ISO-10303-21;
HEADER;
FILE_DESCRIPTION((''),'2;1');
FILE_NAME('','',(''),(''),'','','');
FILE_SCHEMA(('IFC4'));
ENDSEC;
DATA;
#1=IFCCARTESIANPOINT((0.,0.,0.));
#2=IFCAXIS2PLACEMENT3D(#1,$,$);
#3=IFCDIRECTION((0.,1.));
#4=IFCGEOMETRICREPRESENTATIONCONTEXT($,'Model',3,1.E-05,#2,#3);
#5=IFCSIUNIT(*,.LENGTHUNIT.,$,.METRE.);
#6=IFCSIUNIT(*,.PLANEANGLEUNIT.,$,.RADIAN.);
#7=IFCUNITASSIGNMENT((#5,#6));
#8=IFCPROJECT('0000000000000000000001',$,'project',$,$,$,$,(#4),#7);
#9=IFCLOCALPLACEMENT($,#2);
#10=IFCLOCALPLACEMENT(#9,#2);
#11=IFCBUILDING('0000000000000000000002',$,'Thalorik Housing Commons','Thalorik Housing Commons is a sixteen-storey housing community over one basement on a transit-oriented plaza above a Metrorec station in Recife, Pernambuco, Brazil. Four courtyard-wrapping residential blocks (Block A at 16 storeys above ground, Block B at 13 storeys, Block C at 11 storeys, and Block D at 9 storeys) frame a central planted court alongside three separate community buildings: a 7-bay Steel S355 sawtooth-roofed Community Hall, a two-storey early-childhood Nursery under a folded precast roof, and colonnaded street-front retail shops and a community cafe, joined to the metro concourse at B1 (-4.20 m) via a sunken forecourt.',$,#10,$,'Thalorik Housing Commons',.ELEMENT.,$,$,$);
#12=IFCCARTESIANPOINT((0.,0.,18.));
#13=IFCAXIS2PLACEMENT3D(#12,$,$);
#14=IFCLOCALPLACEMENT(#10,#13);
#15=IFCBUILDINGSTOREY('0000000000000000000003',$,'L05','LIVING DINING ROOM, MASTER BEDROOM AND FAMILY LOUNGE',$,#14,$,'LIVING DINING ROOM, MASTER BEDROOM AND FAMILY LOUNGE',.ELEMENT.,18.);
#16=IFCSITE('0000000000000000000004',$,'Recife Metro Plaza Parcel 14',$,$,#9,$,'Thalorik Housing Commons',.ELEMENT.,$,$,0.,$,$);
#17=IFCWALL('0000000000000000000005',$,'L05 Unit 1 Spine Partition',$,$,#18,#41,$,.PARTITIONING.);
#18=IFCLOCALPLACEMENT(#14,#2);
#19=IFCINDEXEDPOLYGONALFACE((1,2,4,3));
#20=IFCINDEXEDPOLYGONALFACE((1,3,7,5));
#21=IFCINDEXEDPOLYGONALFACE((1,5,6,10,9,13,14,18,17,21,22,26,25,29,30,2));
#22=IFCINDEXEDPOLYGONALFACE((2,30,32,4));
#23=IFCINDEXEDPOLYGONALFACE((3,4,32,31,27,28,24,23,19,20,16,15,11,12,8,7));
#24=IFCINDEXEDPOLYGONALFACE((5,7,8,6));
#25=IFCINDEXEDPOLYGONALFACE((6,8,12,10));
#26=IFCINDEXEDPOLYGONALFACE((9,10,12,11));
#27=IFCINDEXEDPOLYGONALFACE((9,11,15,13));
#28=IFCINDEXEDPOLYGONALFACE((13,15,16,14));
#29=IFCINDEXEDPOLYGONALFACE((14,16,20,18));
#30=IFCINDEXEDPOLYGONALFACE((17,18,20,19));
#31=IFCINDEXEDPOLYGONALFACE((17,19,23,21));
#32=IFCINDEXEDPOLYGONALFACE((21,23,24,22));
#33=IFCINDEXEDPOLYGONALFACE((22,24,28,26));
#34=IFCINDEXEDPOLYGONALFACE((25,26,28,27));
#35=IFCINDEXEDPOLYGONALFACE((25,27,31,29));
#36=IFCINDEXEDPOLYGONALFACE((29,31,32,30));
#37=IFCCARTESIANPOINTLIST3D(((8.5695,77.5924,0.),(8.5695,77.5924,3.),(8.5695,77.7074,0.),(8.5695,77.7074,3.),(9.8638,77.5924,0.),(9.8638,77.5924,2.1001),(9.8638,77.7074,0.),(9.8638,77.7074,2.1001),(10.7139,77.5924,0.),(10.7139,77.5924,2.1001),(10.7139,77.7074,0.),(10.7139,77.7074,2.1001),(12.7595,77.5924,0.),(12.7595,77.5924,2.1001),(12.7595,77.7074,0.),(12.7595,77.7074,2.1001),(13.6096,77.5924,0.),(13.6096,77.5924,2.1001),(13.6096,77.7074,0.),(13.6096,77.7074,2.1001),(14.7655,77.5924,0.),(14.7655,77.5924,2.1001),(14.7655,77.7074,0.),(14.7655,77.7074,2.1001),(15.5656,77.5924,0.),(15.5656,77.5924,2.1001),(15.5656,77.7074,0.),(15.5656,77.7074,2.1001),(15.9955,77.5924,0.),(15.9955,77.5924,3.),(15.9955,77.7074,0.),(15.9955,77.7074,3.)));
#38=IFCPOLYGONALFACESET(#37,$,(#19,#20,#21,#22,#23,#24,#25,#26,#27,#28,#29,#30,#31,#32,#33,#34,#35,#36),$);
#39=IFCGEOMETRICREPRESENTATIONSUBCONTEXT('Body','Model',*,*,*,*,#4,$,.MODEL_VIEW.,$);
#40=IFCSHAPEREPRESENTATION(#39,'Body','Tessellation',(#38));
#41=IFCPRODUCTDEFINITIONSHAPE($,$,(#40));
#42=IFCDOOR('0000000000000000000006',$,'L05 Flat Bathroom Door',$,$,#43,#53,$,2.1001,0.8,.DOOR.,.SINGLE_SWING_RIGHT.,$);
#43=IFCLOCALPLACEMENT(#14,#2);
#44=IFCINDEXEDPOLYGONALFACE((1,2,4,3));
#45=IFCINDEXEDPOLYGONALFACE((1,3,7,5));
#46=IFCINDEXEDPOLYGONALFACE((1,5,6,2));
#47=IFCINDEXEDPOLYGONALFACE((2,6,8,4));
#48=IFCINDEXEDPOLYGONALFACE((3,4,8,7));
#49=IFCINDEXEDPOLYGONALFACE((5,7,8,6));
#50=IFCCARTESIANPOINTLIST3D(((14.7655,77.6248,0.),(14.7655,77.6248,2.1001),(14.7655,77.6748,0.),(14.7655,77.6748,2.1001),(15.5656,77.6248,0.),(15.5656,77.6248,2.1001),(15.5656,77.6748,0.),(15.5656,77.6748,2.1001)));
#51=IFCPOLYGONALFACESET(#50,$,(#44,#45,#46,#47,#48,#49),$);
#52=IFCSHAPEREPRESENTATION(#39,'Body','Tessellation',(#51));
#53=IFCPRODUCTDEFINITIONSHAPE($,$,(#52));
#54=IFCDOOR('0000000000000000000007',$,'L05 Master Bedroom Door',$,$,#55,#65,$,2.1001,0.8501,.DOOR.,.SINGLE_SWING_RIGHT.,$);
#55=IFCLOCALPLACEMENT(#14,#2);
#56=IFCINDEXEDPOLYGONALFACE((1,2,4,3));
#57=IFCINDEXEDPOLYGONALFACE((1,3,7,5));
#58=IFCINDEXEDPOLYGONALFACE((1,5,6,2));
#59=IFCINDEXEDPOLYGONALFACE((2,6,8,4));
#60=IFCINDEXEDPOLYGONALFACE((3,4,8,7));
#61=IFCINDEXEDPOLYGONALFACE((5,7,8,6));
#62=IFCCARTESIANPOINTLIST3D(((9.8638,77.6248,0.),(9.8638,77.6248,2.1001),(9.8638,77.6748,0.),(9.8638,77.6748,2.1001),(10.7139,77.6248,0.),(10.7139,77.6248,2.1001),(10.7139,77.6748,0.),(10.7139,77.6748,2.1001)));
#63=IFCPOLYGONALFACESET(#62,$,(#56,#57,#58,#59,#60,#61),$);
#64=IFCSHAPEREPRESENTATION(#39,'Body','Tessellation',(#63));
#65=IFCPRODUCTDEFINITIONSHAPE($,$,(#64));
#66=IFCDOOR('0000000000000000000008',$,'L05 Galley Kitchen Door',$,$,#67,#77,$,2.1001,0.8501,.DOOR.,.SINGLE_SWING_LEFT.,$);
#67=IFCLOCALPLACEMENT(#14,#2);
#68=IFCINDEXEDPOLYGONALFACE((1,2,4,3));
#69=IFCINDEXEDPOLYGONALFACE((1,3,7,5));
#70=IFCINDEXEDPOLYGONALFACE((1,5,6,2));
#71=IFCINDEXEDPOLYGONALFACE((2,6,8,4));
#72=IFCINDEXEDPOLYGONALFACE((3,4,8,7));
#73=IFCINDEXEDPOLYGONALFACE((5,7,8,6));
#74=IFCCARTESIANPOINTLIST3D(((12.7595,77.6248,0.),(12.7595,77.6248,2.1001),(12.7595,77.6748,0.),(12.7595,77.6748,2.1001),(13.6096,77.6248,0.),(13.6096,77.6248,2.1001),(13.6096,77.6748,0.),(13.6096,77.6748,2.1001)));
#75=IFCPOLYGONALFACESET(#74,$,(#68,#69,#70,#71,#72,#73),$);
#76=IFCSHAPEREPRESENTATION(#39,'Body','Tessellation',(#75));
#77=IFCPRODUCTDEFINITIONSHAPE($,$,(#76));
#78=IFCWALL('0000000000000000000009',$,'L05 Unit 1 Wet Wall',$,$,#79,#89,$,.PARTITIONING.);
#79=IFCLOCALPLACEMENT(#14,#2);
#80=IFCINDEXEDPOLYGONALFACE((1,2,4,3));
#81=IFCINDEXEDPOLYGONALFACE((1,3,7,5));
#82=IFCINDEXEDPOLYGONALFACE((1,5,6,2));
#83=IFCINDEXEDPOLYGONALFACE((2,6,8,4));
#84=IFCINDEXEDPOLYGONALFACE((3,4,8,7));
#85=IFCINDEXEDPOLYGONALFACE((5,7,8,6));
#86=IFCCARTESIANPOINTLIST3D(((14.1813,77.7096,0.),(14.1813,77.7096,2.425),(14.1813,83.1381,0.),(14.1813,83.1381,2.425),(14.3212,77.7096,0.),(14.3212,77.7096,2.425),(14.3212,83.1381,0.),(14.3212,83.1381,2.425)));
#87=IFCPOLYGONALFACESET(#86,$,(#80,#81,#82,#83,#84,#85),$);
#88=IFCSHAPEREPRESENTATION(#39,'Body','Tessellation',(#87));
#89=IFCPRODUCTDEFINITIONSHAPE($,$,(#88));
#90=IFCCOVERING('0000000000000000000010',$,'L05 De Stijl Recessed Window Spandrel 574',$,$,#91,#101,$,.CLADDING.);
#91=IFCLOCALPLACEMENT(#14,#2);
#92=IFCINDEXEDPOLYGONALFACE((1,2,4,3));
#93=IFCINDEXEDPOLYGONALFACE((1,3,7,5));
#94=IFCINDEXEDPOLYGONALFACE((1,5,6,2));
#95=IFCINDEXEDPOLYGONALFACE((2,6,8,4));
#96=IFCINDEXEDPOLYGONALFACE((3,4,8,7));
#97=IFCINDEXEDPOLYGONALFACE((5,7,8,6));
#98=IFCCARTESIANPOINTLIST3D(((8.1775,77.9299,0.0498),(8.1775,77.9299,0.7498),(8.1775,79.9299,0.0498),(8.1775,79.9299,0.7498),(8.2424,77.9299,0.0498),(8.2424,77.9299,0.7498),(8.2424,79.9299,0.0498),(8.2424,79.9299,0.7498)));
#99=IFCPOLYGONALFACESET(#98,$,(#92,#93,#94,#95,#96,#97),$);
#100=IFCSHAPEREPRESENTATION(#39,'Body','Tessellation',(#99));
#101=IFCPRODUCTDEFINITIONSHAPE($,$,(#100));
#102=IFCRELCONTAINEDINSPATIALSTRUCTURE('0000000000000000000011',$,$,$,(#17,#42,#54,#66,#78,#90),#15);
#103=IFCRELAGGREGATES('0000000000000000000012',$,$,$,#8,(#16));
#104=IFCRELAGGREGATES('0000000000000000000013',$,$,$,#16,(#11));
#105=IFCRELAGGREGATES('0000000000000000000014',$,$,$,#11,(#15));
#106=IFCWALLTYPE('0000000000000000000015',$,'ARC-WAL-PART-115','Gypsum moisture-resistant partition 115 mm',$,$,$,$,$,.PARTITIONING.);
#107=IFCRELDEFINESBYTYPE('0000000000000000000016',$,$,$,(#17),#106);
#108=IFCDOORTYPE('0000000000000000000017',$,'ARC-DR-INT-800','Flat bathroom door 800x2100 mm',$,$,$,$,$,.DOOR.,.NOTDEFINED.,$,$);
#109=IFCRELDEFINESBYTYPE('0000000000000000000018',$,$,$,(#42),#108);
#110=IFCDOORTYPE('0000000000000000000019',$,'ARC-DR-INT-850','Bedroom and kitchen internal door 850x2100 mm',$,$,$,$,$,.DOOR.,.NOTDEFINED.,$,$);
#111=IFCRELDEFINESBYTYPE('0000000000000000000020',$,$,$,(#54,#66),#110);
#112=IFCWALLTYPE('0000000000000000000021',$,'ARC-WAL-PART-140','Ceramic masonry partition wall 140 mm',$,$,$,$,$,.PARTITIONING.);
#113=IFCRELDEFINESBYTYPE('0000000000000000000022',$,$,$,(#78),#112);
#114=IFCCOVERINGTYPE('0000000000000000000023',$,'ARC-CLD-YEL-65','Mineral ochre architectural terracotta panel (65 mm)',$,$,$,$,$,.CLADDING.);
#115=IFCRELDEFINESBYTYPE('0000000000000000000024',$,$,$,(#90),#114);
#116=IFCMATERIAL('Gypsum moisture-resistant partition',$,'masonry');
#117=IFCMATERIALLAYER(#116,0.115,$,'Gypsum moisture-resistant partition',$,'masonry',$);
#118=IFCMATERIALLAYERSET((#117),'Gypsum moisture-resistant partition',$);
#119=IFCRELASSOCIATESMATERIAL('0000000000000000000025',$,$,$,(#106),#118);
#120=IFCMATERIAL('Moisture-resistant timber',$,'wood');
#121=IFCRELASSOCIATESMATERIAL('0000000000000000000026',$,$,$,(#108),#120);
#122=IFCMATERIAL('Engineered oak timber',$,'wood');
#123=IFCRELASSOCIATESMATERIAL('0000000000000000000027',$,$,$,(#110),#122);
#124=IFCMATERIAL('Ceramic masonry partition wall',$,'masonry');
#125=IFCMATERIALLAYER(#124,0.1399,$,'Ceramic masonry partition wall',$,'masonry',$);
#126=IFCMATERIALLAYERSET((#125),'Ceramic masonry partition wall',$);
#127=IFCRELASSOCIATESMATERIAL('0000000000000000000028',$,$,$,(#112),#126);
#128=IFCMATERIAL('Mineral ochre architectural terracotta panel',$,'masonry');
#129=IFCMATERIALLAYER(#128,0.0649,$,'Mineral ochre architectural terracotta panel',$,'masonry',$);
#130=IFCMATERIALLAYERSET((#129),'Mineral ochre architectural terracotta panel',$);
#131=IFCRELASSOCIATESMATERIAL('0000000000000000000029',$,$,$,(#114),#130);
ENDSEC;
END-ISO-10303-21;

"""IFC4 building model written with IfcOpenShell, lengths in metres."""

from ifc_helpers import new_model, si_unit, direction, frame, frame_2d, origin, origin_2d, place, context, subcontext, project, spatial, rectangle, extrude, material, layer, layer_set, type_object, element, fill, save


model = new_model("IFC4")

# Units and contexts
model_context = context("Model", 3, precision=1e-05, world=origin(), true_north=direction((0.0, 1.0)))
body_context = subcontext(model_context, "Body", "Model", "MODEL_VIEW")
ifc_project = project(units=[si_unit("LENGTHUNIT", "METRE"), si_unit("PLANEANGLEUNIT", "RADIAN")], contexts=[model_context])

# Site, building, storey
site_placement = place(None, origin())
site = spatial("IfcSite", under=ifc_project, at=site_placement, Name="Recife Metro Plaza Parcel 14", LongName="Thalorik Housing Commons", CompositionType="ELEMENT", RefElevation=0.0)
building_placement = place(site_placement, origin())
building = spatial("IfcBuilding", under=site, at=building_placement, Name="Thalorik Housing Commons", Description="Thalorik Housing Commons is a sixteen-storey housing community over one basement on a transit-oriented plaza above a Metrorec station in Recife, Pernambuco, Brazil. Four courtyard-wrapping residential blocks (Block A at 16 storeys above ground, Block B at 13 storeys, Block C at 11 storeys, and Block D at 9 storeys) frame a central planted court alongside three separate community buildings: a 7-bay Steel S355 sawtooth-roofed Community Hall, a two-storey early-childhood Nursery under a folded precast roof, and colonnaded street-front retail shops and a community cafe, joined to the metro concourse at B1 (-4.20 m) via a sunken forecourt.", LongName="Thalorik Housing Commons", CompositionType="ELEMENT")
storey_placement = place(building_placement, frame((0.0, 0.0, 18.0)))
storey = spatial("IfcBuildingStorey", under=building, at=storey_placement, Name="L05", Description="LIVING DINING ROOM, MASTER BEDROOM AND FAMILY LOUNGE", LongName="LIVING DINING ROOM, MASTER BEDROOM AND FAMILY LOUNGE", CompositionType="ELEMENT", Elevation=18.0)

# Wall, openings, doors
ifc_material_1 = material(Name="Gypsum moisture-resistant partition", Category="masonry")
ifc_layer_1 = layer(ifc_material_1, 0.115, Name="Gypsum moisture-resistant partition", Category="masonry")
ifc_layer_set_1 = layer_set([ifc_layer_1], Name="Gypsum moisture-resistant partition")
wall_type_1 = type_object("IfcWallType", Name="ARC-WAL-PART-115", Description="Gypsum moisture-resistant partition 115 mm", PredefinedType="PARTITIONING", material=ifc_layer_set_1)
wall_1_placement = place(storey_placement, frame((8.5696, 77.6499, 0.0), z_axis=(0.0, 0.0, 1.0), x_axis=(1.0, 0.0, 0.0)))
wall_1 = element("IfcWall", 1, at=wall_1_placement, inside=storey, type_object=wall_type_1, Name="L05 Unit 1 Spine Partition", PredefinedType="PARTITIONING", context=body_context, shape_type="SweptSolid", body=[
    extrude(rectangle(XDim=7.426, YDim=0.115, at=frame_2d((3.7129, 0.0))), origin(), (0.0, 0.0, 1.0), 3.0),
])
opening_1_placement = place(wall_1_placement, frame((1.2942, 0.0, 0.0)))
opening_1 = element("IfcOpeningElement", 2, at=opening_1_placement, cuts=wall_1, PredefinedType="OPENING", context=body_context, shape_type="SweptSolid", body=[
    extrude(rectangle(XDim=0.8501, YDim=2.1001, at=frame_2d((0.425, 1.05))), frame((0.0, 0.0674, 0.0), z_axis=(0.0, -1.0, 0.0), x_axis=(1.0, 0.0, 0.0)), (0.0, 0.0, 1.0), 0.135),
])
opening_2_placement = place(wall_1_placement, frame((4.1899, 0.0, 0.0)))
opening_2 = element("IfcOpeningElement", 3, at=opening_2_placement, cuts=wall_1, PredefinedType="OPENING", context=body_context, shape_type="SweptSolid", body=[
    extrude(rectangle(XDim=0.8501, YDim=2.1001, at=frame_2d((0.425, 1.05))), frame((0.0, 0.0674, 0.0), z_axis=(0.0, -1.0, 0.0), x_axis=(1.0, 0.0, 0.0)), (0.0, 0.0, 1.0), 0.135),
])
opening_3_placement = place(wall_1_placement, frame((6.196, 0.0, 0.0)))
opening_3 = element("IfcOpeningElement", 4, at=opening_3_placement, cuts=wall_1, PredefinedType="OPENING", context=body_context, shape_type="SweptSolid", body=[
    extrude(rectangle(XDim=0.8, YDim=2.1001, at=frame_2d((0.3999, 1.05))), frame((0.0, 0.0674, 0.0), z_axis=(0.0, -1.0, 0.0), x_axis=(1.0, 0.0, 0.0)), (0.0, 0.0, 1.0), 0.135),
])
ifc_material_2 = material(Name="Moisture-resistant timber", Category="wood")
door_type_1 = type_object("IfcDoorType", Name="ARC-DR-INT-800", Description="Flat bathroom door 800x2100 mm", OperationType="NOTDEFINED", PredefinedType="DOOR", material=ifc_material_2)
door_1_placement = place(opening_3_placement, origin())
door_1 = element("IfcDoor", 5, at=door_1_placement, inside=storey, type_object=door_type_1, Name="L05 Flat Bathroom Door", OperationType="SINGLE_SWING_RIGHT", OverallHeight=2.1001, OverallWidth=0.8, PredefinedType="DOOR", context=body_context, shape_type="SweptSolid", body=[
    extrude(rectangle(XDim=0.8, YDim=2.1001, at=frame_2d((0.3999, 1.05))), frame((0.0, 0.0249, 0.0), z_axis=(0.0, -1.0, 0.0), x_axis=(1.0, 0.0, 0.0)), (0.0, 0.0, 1.0), 0.05),
])
fill(opening_3, door_1)
ifc_material_3 = material(Name="Engineered oak timber", Category="wood")
door_type_2 = type_object("IfcDoorType", Name="ARC-DR-INT-850", Description="Bedroom and kitchen internal door 850x2100 mm", OperationType="NOTDEFINED", PredefinedType="DOOR", material=ifc_material_3)
door_2_placement = place(opening_1_placement, origin())
door_2 = element("IfcDoor", 6, at=door_2_placement, inside=storey, type_object=door_type_2, Name="L05 Master Bedroom Door", OperationType="SINGLE_SWING_RIGHT", OverallHeight=2.1001, OverallWidth=0.8501, PredefinedType="DOOR", context=body_context, shape_type="SweptSolid", body=[
    extrude(rectangle(XDim=0.8501, YDim=2.1001, at=frame_2d((0.425, 1.05))), frame((0.0, 0.0249, 0.0), z_axis=(0.0, -1.0, 0.0), x_axis=(1.0, 0.0, 0.0)), (0.0, 0.0, 1.0), 0.05),
])
fill(opening_1, door_2)
door_3_placement = place(opening_2_placement, origin())
door_3 = element("IfcDoor", 7, at=door_3_placement, inside=storey, type_object=door_type_2, Name="L05 Galley Kitchen Door", OperationType="SINGLE_SWING_LEFT", OverallHeight=2.1001, OverallWidth=0.8501, PredefinedType="DOOR", context=body_context, shape_type="SweptSolid", body=[
    extrude(rectangle(XDim=0.8501, YDim=2.1001, at=frame_2d((0.425, 1.05))), frame((0.0, 0.0249, 0.0), z_axis=(0.0, -1.0, 0.0), x_axis=(1.0, 0.0, 0.0)), (0.0, 0.0, 1.0), 0.05),
])
fill(opening_2, door_3)

# Wall
ifc_material_4 = material(Name="Ceramic masonry partition wall", Category="masonry")
ifc_layer_2 = layer(ifc_material_4, 0.1399, Name="Ceramic masonry partition wall", Category="masonry")
ifc_layer_set_2 = layer_set([ifc_layer_2], Name="Ceramic masonry partition wall")
wall_type_2 = type_object("IfcWallType", Name="ARC-WAL-PART-140", Description="Ceramic masonry partition wall 140 mm", PredefinedType="PARTITIONING", material=ifc_layer_set_2)
wall_2_placement = place(storey_placement, frame((14.2512, 77.7095, 0.0), z_axis=(0.0, 0.0, 1.0), x_axis=(0.0, 1.0, 0.0)))
element("IfcWall", 8, at=wall_2_placement, inside=storey, type_object=wall_type_2, Name="L05 Unit 1 Wet Wall", PredefinedType="PARTITIONING", context=body_context, shape_type="SweptSolid", body=[
    extrude(rectangle(XDim=5.4285, YDim=0.1399, at=frame_2d((2.7144, 0.0))), origin(), (0.0, 0.0, 1.0), 2.425),
])

# Covering
ifc_material_5 = material(Name="Mineral ochre architectural terracotta panel", Category="masonry")
ifc_layer_3 = layer(ifc_material_5, 0.0649, Name="Mineral ochre architectural terracotta panel", Category="masonry")
ifc_layer_set_3 = layer_set([ifc_layer_3], Name="Mineral ochre architectural terracotta panel")
covering_type_1 = type_object("IfcCoveringType", Name="ARC-CLD-YEL-65", Description="Mineral ochre architectural terracotta panel (65 mm)", PredefinedType="CLADDING", material=ifc_layer_set_3)
covering_1_placement = place(storey_placement, frame((8.21, 78.9299, 0.0498), z_axis=(0.0, 0.0, 1.0), x_axis=(0.0, -1.0, 0.0)))
element("IfcCovering", 9, at=covering_1_placement, inside=storey, type_object=covering_type_1, Name="L05 De Stijl Recessed Window Spandrel 574", PredefinedType="CLADDING", context=body_context, shape_type="SweptSolid", body=[
    extrude(rectangle(XDim=2.0, YDim=0.0649, at=origin_2d()), origin(), (0.0, 0.0, 1.0), 0.7),
])

save(model, "model.ifc")
